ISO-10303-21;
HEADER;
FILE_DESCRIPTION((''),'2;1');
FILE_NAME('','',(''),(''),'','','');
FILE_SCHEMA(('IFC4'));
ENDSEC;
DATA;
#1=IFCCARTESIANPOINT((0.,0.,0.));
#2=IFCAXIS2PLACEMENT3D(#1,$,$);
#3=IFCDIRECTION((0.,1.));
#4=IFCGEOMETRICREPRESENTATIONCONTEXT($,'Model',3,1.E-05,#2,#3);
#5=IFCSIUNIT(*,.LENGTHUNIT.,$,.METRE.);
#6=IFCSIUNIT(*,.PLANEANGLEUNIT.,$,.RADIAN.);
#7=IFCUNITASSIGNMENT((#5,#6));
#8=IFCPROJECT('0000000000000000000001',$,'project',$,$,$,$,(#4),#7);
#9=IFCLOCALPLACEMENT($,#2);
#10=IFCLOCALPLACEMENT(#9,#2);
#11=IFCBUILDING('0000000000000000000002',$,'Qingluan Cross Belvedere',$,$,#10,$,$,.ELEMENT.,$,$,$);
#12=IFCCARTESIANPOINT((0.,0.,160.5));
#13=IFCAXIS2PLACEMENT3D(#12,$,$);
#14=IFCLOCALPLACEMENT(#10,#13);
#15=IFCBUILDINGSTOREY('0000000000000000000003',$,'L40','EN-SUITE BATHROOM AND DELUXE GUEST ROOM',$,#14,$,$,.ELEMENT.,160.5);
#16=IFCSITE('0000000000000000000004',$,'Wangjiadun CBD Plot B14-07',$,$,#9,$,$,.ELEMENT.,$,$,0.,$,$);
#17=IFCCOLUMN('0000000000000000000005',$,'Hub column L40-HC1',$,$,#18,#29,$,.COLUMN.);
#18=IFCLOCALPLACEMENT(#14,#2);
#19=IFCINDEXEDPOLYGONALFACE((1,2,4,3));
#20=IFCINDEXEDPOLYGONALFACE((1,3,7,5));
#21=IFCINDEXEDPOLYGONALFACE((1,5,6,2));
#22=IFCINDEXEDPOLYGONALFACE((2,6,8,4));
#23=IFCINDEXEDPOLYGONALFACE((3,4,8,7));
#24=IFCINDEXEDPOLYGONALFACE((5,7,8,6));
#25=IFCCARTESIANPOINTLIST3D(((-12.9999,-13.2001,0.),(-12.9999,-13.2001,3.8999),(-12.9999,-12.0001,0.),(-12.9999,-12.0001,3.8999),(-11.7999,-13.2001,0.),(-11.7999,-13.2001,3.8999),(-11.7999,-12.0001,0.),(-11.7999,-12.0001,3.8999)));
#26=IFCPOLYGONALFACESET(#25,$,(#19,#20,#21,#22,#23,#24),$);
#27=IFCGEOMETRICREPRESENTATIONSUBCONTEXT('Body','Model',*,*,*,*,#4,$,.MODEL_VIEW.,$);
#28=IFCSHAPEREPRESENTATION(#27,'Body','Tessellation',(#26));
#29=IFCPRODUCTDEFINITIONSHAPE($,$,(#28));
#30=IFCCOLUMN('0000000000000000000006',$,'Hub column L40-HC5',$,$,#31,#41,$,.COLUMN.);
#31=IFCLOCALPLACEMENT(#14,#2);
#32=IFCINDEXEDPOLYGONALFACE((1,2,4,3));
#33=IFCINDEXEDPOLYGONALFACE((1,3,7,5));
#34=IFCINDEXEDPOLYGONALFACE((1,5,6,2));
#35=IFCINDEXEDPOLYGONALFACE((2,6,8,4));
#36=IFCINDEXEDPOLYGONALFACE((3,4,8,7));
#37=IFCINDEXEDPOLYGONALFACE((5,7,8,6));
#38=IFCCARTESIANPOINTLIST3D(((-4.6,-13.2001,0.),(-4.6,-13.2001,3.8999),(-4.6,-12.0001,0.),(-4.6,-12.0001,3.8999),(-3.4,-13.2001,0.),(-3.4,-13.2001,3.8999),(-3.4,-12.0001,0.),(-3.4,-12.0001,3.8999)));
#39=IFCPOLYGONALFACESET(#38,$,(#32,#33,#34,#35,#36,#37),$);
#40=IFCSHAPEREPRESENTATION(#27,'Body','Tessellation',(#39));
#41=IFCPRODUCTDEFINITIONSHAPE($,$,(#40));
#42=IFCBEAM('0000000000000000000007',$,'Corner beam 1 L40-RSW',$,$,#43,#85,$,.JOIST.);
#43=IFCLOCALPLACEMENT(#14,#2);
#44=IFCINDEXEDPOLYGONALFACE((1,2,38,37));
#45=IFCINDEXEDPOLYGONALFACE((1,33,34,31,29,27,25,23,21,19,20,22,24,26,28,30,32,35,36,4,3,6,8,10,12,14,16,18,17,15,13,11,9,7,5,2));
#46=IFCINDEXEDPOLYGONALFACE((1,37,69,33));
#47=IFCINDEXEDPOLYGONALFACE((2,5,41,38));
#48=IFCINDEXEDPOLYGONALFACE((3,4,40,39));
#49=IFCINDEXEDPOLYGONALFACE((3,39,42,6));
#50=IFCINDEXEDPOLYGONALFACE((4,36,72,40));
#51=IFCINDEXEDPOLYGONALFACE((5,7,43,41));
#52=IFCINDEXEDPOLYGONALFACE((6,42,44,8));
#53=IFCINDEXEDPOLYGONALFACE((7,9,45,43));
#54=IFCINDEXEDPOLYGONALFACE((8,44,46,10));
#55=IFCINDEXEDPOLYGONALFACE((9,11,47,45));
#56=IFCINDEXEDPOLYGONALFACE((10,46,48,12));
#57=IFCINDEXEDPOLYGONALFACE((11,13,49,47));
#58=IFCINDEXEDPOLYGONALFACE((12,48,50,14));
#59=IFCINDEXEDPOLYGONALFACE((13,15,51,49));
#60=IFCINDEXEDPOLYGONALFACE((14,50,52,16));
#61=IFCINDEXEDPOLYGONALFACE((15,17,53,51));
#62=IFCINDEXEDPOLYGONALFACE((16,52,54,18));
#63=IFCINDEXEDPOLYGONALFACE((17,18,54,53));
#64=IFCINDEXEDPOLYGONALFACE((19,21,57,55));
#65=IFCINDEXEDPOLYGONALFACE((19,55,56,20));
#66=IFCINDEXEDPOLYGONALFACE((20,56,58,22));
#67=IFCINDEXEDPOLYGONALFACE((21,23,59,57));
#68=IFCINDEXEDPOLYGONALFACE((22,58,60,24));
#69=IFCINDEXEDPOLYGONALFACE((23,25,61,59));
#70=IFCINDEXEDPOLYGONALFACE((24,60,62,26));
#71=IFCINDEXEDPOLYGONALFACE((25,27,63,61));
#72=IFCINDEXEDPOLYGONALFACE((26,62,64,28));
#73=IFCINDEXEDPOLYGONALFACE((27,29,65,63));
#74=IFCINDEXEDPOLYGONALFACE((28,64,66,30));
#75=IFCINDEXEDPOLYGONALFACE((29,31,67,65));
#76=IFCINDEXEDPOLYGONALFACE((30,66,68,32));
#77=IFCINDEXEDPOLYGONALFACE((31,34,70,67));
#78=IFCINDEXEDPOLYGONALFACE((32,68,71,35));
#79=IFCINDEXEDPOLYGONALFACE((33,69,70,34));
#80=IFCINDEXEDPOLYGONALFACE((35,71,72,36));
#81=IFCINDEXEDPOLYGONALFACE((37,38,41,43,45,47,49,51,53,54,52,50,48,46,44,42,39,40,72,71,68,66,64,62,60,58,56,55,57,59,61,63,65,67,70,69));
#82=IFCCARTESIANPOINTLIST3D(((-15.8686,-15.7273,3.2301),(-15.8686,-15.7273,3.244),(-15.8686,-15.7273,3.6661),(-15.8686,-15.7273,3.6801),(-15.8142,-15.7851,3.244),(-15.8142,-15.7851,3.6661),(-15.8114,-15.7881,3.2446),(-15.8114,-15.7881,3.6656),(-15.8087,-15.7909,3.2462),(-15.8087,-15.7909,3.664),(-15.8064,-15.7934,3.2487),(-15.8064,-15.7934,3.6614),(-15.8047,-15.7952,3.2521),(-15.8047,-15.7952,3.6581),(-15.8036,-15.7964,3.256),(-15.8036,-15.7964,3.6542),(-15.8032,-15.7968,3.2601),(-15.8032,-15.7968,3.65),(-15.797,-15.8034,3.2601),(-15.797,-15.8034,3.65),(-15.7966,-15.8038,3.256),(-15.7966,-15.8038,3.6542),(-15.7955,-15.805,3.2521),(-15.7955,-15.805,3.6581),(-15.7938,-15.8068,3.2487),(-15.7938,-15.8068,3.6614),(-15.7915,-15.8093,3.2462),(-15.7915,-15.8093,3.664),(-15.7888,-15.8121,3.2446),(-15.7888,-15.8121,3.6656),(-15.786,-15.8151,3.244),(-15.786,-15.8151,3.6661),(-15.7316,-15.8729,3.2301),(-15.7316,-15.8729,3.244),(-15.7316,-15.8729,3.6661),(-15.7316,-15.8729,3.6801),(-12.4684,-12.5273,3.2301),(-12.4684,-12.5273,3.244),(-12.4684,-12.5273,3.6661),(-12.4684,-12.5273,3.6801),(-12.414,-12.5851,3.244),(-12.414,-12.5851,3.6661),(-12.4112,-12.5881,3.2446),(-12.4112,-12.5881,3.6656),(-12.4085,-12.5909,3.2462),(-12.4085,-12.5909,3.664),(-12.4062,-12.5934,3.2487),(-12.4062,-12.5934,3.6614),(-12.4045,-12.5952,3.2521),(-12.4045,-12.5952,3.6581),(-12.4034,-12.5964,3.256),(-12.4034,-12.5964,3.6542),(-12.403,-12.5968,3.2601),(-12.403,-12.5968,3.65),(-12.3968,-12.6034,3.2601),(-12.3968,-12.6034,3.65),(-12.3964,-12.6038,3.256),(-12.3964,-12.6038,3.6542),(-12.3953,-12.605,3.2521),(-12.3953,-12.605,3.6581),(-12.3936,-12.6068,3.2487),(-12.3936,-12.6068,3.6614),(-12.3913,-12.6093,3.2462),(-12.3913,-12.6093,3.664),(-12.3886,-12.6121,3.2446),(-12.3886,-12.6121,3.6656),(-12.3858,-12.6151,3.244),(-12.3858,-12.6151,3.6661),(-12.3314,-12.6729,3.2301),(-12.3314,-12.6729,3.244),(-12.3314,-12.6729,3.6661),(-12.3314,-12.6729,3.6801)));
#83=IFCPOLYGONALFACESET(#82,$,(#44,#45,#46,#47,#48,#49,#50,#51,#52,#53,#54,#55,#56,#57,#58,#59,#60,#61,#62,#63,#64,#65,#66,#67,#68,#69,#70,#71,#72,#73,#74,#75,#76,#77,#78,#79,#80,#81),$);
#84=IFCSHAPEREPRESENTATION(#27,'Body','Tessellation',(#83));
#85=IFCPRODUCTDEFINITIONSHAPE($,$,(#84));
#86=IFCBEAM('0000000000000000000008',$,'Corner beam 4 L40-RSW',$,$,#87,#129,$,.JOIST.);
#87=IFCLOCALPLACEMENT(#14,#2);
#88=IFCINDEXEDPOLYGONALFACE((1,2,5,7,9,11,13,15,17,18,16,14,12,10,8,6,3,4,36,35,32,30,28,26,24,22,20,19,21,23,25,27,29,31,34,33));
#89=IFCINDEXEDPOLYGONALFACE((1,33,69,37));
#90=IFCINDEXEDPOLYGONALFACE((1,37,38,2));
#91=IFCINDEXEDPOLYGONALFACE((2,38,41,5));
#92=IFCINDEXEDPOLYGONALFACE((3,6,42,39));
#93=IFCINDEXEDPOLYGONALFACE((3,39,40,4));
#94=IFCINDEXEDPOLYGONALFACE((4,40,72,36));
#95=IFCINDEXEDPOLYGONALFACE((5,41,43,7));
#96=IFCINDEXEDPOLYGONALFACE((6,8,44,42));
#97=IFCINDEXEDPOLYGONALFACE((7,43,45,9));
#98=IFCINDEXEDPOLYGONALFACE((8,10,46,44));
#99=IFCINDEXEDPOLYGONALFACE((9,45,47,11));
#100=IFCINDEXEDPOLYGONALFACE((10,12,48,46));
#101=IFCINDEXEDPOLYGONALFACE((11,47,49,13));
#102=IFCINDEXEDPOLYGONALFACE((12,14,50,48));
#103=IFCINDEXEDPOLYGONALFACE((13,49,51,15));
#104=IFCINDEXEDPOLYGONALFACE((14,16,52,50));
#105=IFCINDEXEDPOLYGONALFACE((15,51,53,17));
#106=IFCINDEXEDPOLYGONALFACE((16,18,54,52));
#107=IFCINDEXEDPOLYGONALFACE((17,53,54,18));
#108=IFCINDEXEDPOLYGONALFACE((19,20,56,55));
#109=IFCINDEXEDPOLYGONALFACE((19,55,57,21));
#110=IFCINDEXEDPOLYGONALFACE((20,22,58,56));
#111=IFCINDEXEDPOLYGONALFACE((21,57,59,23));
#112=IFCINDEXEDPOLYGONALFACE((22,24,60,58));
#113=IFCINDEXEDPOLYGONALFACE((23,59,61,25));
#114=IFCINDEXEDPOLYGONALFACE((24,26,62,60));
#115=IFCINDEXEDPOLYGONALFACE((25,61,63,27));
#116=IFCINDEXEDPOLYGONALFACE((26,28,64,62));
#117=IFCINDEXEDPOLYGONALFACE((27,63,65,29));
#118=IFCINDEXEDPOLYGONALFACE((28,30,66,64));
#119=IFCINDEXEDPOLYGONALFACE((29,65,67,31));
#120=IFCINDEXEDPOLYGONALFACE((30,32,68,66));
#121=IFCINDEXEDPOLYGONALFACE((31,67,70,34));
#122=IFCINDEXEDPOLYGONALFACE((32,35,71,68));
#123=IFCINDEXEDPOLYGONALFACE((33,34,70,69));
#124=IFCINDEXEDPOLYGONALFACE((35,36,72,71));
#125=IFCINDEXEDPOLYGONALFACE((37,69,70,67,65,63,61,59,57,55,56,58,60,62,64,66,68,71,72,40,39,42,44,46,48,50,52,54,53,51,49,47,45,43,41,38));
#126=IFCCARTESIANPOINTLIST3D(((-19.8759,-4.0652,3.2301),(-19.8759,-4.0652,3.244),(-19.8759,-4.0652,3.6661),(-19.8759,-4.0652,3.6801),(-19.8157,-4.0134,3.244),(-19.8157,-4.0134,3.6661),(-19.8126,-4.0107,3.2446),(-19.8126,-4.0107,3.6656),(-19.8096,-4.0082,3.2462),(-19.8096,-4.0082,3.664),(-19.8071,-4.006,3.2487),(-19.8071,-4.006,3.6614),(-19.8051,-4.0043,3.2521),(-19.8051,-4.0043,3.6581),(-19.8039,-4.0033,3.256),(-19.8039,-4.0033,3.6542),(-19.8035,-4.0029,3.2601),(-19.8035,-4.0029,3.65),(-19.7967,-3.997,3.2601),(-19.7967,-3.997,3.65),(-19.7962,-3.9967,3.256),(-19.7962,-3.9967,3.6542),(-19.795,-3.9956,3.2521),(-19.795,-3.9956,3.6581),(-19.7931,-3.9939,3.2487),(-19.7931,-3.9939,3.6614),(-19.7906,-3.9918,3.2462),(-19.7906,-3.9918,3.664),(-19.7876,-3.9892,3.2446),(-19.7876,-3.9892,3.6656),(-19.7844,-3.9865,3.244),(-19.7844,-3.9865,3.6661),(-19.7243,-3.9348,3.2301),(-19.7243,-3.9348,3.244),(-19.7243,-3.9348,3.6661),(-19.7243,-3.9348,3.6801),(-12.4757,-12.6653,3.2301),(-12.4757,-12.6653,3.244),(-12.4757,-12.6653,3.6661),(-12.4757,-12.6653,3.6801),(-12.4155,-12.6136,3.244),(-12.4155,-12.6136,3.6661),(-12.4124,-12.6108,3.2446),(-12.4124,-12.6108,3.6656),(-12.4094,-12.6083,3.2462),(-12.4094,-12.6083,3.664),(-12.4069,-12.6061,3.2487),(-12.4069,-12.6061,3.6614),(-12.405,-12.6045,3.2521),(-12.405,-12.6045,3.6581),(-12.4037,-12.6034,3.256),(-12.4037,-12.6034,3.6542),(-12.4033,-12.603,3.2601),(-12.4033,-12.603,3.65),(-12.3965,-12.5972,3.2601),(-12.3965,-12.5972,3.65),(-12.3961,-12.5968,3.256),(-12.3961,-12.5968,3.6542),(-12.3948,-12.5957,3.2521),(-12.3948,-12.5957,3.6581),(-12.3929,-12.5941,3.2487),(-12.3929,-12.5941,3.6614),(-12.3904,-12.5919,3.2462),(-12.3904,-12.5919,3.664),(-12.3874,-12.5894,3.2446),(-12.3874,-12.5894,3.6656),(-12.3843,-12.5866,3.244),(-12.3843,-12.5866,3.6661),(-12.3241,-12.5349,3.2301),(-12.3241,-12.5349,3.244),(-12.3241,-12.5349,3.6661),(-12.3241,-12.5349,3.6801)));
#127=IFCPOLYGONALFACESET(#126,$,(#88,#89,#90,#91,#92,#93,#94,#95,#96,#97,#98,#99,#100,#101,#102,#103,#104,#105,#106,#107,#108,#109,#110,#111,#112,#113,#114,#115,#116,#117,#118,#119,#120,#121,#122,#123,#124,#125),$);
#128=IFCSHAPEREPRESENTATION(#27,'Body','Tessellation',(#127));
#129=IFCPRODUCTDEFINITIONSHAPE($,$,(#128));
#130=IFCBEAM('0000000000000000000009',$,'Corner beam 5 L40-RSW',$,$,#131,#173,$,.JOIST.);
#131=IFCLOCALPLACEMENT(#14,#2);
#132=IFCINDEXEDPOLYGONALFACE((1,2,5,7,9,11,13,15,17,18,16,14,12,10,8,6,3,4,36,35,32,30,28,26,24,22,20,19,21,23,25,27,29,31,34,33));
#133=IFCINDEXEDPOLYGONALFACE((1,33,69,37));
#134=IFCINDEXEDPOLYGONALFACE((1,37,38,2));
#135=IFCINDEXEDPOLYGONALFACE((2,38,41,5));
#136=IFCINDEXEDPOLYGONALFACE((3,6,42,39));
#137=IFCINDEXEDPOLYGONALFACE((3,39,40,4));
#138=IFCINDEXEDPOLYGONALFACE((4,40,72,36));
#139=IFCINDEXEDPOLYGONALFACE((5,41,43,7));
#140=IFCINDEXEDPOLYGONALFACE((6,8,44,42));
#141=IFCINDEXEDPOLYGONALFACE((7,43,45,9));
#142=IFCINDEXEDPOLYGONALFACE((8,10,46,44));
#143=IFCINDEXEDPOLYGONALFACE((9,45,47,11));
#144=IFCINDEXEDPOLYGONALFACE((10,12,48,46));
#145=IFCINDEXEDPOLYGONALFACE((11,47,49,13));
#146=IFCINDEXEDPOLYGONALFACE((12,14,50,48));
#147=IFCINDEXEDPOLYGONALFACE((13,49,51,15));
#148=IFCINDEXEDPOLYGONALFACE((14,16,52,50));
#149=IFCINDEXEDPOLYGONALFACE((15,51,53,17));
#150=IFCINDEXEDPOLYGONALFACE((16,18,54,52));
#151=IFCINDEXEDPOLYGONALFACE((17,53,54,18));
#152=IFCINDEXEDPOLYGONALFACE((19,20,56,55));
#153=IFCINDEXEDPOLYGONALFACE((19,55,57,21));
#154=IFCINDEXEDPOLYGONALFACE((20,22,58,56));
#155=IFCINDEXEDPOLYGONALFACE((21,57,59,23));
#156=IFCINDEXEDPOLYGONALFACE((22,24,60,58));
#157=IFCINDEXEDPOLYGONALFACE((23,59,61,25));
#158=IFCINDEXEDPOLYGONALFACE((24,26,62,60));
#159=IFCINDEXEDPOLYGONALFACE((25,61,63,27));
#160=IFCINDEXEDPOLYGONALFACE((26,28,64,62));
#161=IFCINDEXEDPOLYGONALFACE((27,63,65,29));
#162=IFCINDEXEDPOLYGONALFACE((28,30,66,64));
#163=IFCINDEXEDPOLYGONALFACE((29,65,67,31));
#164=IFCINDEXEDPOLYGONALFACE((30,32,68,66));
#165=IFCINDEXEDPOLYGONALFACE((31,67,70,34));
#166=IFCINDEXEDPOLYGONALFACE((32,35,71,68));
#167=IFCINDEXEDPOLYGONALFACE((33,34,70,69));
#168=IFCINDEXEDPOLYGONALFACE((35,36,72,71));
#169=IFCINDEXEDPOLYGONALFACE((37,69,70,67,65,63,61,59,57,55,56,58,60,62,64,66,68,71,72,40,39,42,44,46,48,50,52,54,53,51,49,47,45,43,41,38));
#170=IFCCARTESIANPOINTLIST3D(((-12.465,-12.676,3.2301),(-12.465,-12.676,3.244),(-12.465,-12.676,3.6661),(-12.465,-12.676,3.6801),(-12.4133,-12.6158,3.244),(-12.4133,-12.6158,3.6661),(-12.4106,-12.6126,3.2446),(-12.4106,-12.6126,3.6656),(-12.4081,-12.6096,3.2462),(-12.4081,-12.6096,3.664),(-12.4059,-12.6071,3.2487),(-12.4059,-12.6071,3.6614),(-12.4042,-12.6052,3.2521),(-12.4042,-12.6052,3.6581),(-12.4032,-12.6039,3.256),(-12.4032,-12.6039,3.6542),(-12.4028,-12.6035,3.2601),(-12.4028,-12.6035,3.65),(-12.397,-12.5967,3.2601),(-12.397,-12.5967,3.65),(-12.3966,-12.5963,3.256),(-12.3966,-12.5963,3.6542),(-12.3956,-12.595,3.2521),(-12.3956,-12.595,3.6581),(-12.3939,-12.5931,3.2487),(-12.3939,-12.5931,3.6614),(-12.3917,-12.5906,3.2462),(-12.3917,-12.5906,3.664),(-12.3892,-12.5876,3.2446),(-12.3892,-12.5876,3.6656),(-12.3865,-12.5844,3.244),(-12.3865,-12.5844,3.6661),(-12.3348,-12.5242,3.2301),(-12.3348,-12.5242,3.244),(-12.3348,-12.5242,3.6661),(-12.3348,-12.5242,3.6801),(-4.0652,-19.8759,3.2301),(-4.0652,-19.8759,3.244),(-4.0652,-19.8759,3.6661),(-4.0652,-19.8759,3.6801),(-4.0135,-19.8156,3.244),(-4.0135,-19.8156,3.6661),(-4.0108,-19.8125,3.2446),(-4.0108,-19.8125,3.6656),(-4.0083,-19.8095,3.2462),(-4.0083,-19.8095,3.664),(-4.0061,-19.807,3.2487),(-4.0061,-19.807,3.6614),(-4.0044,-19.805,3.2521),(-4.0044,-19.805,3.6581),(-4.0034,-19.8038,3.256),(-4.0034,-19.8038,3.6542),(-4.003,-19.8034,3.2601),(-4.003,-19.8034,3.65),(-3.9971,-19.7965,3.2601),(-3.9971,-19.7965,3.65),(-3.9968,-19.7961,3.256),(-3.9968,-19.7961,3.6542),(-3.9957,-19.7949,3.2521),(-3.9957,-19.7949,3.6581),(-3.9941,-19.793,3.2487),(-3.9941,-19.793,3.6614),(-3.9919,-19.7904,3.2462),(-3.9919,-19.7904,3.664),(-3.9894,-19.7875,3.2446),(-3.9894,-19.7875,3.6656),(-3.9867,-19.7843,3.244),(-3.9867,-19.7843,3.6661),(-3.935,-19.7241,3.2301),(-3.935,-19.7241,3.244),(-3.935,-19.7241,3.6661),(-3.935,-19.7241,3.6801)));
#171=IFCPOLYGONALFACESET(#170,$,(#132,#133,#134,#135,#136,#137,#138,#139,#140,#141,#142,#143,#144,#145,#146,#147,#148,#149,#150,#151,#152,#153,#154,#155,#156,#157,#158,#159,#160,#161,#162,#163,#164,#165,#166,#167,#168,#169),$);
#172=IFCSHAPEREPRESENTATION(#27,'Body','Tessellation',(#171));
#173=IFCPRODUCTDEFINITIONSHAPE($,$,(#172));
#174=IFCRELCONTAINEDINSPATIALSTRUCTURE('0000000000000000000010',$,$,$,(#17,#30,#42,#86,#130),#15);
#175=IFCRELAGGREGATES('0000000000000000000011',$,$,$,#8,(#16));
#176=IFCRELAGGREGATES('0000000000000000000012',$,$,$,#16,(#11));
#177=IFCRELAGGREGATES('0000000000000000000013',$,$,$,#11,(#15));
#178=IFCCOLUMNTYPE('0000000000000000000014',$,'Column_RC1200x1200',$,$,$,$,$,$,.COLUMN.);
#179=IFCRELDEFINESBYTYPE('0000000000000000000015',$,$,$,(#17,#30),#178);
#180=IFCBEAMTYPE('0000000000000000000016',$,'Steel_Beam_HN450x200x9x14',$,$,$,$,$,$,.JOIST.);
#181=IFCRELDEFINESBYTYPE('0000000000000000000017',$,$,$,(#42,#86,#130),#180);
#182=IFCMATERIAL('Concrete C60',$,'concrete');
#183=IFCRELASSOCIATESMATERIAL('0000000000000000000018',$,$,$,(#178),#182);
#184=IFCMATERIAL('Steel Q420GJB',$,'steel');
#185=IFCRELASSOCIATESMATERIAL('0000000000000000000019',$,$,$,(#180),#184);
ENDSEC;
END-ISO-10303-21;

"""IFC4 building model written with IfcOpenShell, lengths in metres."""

from ifc_helpers import new_model, si_unit, direction, frame, origin, origin_2d, place, context, subcontext, project, spatial, rectangle, i_section, extrude, material, material_profile, profile_set, type_object, element, save


model = new_model("IFC4")

# Units and contexts
model_context = context("Model", 3, precision=1e-05, world=origin(), true_north=direction((0.0, 1.0)))
body_context = subcontext(model_context, "Body", "Model", "MODEL_VIEW")
ifc_project = project(units=[si_unit("LENGTHUNIT", "METRE"), si_unit("PLANEANGLEUNIT", "RADIAN")], contexts=[model_context])

# Site, building, storey
site_placement = place(None, origin())
site = spatial("IfcSite", under=ifc_project, at=site_placement, Name="Wangjiadun CBD Plot B14-07", CompositionType="ELEMENT", RefElevation=0.0)
building_placement = place(site_placement, origin())
building = spatial("IfcBuilding", under=site, at=building_placement, Name="Qingluan Cross Belvedere", CompositionType="ELEMENT")
storey_placement = place(building_placement, frame((0.0, 0.0, 160.5)))
storey = spatial("IfcBuildingStorey", under=building, at=storey_placement, Name="L40", Description="EN-SUITE BATHROOM AND DELUXE GUEST ROOM", CompositionType="ELEMENT", Elevation=160.5)

# Columns
ifc_material_1 = material(Name="Concrete C60", Category="concrete")
ifc_material_profile_1 = material_profile(ifc_material_1, rectangle(XDim=1.2, YDim=1.2, at=origin_2d()), Name="RC1200x1200")
ifc_profile_set_1 = profile_set([ifc_material_profile_1], Name="Concrete C60")
column_type = type_object("IfcColumnType", Name="Column_RC1200x1200", PredefinedType="COLUMN", material=ifc_profile_set_1)
for number, where, z_axis, x_axis, name in (
    (1, (-12.3999, -12.6001, 0.0), (0.0, 0.0, 1.0), (1.0, 0.0, 0.0), "Hub column L40-HC1"),
    (2, (-4.0, -12.6001, 0.0), (0.0, 0.0, 1.0), (1.0, 0.0, 0.0), "Hub column L40-HC5"),
):
    element("IfcColumn", number, at=place(storey_placement, frame(where, z_axis=z_axis, x_axis=x_axis)), inside=storey, type_object=column_type, Name=name, PredefinedType="COLUMN", context=body_context, shape_type="SweptSolid", body=[
        extrude(rectangle(XDim=1.2, YDim=1.2, at=origin_2d()), origin(), (0.0, 0.0, 1.0), 3.8999),
    ])

# Beams
ifc_material_2 = material(Name="Steel Q420GJB", Category="steel")
ifc_material_profile_2 = material_profile(ifc_material_2, i_section(OverallWidth=0.2, OverallDepth=0.45, WebThickness=0.009, FlangeThickness=0.0139, FilletRadius=0.0161, at=origin_2d()), Name="HN450x200x9x14")
ifc_profile_set_2 = profile_set([ifc_material_profile_2], Name="Steel Q420GJB")
beam_type_1 = type_object("IfcBeamType", Name="Steel_Beam_HN450x200x9x14", PredefinedType="JOIST", material=ifc_profile_set_2)
beam_1_placement = place(storey_placement, frame((-12.3999, -12.6001, 3.4551), z_axis=(-0.72822, -0.685343, 0.0), x_axis=(0.685343, -0.72822, 0.0)))
element("IfcBeam", 3, at=beam_1_placement, inside=storey, type_object=beam_type_1, Name="Corner beam 1 L40-RSW", PredefinedType="JOIST", context=body_context, shape_type="SweptSolid", body=[
    extrude(i_section(OverallWidth=0.2, OverallDepth=0.45, WebThickness=0.009, FlangeThickness=0.0139, FilletRadius=0.0161, at=origin_2d()), origin(), (0.0, 0.0, 1.0), 4.6692),
])
beam_2_placement = place(storey_placement, frame((-12.3999, -12.6001, 3.4551), z_axis=(-0.652245, 0.758008, 0.0), x_axis=(-0.758008, -0.652245, 0.0)))
element("IfcBeam", 4, at=beam_2_placement, inside=storey, type_object=beam_type_1, Name="Corner beam 4 L40-RSW", PredefinedType="JOIST", context=body_context, shape_type="SweptSolid", body=[
    extrude(i_section(OverallWidth=0.2, OverallDepth=0.45, WebThickness=0.009, FlangeThickness=0.0139, FilletRadius=0.0161, at=origin_2d()), origin(), (0.0, 0.0, 1.0), 11.3457),
])
beam_3_placement = place(storey_placement, frame((-12.3999, -12.6001, 3.4551), z_axis=(0.759255, -0.650793, 0.0), x_axis=(0.650793, 0.759255, 0.0)))
element("IfcBeam", 5, at=beam_3_placement, inside=storey, type_object=beam_type_1, Name="Corner beam 5 L40-RSW", PredefinedType="JOIST", context=body_context, shape_type="SweptSolid", body=[
    extrude(i_section(OverallWidth=0.2, OverallDepth=0.45, WebThickness=0.009, FlangeThickness=0.0139, FilletRadius=0.0161, at=origin_2d()), origin(), (0.0, 0.0, 1.0), 11.0632),
])

save(model, "model.ifc")
